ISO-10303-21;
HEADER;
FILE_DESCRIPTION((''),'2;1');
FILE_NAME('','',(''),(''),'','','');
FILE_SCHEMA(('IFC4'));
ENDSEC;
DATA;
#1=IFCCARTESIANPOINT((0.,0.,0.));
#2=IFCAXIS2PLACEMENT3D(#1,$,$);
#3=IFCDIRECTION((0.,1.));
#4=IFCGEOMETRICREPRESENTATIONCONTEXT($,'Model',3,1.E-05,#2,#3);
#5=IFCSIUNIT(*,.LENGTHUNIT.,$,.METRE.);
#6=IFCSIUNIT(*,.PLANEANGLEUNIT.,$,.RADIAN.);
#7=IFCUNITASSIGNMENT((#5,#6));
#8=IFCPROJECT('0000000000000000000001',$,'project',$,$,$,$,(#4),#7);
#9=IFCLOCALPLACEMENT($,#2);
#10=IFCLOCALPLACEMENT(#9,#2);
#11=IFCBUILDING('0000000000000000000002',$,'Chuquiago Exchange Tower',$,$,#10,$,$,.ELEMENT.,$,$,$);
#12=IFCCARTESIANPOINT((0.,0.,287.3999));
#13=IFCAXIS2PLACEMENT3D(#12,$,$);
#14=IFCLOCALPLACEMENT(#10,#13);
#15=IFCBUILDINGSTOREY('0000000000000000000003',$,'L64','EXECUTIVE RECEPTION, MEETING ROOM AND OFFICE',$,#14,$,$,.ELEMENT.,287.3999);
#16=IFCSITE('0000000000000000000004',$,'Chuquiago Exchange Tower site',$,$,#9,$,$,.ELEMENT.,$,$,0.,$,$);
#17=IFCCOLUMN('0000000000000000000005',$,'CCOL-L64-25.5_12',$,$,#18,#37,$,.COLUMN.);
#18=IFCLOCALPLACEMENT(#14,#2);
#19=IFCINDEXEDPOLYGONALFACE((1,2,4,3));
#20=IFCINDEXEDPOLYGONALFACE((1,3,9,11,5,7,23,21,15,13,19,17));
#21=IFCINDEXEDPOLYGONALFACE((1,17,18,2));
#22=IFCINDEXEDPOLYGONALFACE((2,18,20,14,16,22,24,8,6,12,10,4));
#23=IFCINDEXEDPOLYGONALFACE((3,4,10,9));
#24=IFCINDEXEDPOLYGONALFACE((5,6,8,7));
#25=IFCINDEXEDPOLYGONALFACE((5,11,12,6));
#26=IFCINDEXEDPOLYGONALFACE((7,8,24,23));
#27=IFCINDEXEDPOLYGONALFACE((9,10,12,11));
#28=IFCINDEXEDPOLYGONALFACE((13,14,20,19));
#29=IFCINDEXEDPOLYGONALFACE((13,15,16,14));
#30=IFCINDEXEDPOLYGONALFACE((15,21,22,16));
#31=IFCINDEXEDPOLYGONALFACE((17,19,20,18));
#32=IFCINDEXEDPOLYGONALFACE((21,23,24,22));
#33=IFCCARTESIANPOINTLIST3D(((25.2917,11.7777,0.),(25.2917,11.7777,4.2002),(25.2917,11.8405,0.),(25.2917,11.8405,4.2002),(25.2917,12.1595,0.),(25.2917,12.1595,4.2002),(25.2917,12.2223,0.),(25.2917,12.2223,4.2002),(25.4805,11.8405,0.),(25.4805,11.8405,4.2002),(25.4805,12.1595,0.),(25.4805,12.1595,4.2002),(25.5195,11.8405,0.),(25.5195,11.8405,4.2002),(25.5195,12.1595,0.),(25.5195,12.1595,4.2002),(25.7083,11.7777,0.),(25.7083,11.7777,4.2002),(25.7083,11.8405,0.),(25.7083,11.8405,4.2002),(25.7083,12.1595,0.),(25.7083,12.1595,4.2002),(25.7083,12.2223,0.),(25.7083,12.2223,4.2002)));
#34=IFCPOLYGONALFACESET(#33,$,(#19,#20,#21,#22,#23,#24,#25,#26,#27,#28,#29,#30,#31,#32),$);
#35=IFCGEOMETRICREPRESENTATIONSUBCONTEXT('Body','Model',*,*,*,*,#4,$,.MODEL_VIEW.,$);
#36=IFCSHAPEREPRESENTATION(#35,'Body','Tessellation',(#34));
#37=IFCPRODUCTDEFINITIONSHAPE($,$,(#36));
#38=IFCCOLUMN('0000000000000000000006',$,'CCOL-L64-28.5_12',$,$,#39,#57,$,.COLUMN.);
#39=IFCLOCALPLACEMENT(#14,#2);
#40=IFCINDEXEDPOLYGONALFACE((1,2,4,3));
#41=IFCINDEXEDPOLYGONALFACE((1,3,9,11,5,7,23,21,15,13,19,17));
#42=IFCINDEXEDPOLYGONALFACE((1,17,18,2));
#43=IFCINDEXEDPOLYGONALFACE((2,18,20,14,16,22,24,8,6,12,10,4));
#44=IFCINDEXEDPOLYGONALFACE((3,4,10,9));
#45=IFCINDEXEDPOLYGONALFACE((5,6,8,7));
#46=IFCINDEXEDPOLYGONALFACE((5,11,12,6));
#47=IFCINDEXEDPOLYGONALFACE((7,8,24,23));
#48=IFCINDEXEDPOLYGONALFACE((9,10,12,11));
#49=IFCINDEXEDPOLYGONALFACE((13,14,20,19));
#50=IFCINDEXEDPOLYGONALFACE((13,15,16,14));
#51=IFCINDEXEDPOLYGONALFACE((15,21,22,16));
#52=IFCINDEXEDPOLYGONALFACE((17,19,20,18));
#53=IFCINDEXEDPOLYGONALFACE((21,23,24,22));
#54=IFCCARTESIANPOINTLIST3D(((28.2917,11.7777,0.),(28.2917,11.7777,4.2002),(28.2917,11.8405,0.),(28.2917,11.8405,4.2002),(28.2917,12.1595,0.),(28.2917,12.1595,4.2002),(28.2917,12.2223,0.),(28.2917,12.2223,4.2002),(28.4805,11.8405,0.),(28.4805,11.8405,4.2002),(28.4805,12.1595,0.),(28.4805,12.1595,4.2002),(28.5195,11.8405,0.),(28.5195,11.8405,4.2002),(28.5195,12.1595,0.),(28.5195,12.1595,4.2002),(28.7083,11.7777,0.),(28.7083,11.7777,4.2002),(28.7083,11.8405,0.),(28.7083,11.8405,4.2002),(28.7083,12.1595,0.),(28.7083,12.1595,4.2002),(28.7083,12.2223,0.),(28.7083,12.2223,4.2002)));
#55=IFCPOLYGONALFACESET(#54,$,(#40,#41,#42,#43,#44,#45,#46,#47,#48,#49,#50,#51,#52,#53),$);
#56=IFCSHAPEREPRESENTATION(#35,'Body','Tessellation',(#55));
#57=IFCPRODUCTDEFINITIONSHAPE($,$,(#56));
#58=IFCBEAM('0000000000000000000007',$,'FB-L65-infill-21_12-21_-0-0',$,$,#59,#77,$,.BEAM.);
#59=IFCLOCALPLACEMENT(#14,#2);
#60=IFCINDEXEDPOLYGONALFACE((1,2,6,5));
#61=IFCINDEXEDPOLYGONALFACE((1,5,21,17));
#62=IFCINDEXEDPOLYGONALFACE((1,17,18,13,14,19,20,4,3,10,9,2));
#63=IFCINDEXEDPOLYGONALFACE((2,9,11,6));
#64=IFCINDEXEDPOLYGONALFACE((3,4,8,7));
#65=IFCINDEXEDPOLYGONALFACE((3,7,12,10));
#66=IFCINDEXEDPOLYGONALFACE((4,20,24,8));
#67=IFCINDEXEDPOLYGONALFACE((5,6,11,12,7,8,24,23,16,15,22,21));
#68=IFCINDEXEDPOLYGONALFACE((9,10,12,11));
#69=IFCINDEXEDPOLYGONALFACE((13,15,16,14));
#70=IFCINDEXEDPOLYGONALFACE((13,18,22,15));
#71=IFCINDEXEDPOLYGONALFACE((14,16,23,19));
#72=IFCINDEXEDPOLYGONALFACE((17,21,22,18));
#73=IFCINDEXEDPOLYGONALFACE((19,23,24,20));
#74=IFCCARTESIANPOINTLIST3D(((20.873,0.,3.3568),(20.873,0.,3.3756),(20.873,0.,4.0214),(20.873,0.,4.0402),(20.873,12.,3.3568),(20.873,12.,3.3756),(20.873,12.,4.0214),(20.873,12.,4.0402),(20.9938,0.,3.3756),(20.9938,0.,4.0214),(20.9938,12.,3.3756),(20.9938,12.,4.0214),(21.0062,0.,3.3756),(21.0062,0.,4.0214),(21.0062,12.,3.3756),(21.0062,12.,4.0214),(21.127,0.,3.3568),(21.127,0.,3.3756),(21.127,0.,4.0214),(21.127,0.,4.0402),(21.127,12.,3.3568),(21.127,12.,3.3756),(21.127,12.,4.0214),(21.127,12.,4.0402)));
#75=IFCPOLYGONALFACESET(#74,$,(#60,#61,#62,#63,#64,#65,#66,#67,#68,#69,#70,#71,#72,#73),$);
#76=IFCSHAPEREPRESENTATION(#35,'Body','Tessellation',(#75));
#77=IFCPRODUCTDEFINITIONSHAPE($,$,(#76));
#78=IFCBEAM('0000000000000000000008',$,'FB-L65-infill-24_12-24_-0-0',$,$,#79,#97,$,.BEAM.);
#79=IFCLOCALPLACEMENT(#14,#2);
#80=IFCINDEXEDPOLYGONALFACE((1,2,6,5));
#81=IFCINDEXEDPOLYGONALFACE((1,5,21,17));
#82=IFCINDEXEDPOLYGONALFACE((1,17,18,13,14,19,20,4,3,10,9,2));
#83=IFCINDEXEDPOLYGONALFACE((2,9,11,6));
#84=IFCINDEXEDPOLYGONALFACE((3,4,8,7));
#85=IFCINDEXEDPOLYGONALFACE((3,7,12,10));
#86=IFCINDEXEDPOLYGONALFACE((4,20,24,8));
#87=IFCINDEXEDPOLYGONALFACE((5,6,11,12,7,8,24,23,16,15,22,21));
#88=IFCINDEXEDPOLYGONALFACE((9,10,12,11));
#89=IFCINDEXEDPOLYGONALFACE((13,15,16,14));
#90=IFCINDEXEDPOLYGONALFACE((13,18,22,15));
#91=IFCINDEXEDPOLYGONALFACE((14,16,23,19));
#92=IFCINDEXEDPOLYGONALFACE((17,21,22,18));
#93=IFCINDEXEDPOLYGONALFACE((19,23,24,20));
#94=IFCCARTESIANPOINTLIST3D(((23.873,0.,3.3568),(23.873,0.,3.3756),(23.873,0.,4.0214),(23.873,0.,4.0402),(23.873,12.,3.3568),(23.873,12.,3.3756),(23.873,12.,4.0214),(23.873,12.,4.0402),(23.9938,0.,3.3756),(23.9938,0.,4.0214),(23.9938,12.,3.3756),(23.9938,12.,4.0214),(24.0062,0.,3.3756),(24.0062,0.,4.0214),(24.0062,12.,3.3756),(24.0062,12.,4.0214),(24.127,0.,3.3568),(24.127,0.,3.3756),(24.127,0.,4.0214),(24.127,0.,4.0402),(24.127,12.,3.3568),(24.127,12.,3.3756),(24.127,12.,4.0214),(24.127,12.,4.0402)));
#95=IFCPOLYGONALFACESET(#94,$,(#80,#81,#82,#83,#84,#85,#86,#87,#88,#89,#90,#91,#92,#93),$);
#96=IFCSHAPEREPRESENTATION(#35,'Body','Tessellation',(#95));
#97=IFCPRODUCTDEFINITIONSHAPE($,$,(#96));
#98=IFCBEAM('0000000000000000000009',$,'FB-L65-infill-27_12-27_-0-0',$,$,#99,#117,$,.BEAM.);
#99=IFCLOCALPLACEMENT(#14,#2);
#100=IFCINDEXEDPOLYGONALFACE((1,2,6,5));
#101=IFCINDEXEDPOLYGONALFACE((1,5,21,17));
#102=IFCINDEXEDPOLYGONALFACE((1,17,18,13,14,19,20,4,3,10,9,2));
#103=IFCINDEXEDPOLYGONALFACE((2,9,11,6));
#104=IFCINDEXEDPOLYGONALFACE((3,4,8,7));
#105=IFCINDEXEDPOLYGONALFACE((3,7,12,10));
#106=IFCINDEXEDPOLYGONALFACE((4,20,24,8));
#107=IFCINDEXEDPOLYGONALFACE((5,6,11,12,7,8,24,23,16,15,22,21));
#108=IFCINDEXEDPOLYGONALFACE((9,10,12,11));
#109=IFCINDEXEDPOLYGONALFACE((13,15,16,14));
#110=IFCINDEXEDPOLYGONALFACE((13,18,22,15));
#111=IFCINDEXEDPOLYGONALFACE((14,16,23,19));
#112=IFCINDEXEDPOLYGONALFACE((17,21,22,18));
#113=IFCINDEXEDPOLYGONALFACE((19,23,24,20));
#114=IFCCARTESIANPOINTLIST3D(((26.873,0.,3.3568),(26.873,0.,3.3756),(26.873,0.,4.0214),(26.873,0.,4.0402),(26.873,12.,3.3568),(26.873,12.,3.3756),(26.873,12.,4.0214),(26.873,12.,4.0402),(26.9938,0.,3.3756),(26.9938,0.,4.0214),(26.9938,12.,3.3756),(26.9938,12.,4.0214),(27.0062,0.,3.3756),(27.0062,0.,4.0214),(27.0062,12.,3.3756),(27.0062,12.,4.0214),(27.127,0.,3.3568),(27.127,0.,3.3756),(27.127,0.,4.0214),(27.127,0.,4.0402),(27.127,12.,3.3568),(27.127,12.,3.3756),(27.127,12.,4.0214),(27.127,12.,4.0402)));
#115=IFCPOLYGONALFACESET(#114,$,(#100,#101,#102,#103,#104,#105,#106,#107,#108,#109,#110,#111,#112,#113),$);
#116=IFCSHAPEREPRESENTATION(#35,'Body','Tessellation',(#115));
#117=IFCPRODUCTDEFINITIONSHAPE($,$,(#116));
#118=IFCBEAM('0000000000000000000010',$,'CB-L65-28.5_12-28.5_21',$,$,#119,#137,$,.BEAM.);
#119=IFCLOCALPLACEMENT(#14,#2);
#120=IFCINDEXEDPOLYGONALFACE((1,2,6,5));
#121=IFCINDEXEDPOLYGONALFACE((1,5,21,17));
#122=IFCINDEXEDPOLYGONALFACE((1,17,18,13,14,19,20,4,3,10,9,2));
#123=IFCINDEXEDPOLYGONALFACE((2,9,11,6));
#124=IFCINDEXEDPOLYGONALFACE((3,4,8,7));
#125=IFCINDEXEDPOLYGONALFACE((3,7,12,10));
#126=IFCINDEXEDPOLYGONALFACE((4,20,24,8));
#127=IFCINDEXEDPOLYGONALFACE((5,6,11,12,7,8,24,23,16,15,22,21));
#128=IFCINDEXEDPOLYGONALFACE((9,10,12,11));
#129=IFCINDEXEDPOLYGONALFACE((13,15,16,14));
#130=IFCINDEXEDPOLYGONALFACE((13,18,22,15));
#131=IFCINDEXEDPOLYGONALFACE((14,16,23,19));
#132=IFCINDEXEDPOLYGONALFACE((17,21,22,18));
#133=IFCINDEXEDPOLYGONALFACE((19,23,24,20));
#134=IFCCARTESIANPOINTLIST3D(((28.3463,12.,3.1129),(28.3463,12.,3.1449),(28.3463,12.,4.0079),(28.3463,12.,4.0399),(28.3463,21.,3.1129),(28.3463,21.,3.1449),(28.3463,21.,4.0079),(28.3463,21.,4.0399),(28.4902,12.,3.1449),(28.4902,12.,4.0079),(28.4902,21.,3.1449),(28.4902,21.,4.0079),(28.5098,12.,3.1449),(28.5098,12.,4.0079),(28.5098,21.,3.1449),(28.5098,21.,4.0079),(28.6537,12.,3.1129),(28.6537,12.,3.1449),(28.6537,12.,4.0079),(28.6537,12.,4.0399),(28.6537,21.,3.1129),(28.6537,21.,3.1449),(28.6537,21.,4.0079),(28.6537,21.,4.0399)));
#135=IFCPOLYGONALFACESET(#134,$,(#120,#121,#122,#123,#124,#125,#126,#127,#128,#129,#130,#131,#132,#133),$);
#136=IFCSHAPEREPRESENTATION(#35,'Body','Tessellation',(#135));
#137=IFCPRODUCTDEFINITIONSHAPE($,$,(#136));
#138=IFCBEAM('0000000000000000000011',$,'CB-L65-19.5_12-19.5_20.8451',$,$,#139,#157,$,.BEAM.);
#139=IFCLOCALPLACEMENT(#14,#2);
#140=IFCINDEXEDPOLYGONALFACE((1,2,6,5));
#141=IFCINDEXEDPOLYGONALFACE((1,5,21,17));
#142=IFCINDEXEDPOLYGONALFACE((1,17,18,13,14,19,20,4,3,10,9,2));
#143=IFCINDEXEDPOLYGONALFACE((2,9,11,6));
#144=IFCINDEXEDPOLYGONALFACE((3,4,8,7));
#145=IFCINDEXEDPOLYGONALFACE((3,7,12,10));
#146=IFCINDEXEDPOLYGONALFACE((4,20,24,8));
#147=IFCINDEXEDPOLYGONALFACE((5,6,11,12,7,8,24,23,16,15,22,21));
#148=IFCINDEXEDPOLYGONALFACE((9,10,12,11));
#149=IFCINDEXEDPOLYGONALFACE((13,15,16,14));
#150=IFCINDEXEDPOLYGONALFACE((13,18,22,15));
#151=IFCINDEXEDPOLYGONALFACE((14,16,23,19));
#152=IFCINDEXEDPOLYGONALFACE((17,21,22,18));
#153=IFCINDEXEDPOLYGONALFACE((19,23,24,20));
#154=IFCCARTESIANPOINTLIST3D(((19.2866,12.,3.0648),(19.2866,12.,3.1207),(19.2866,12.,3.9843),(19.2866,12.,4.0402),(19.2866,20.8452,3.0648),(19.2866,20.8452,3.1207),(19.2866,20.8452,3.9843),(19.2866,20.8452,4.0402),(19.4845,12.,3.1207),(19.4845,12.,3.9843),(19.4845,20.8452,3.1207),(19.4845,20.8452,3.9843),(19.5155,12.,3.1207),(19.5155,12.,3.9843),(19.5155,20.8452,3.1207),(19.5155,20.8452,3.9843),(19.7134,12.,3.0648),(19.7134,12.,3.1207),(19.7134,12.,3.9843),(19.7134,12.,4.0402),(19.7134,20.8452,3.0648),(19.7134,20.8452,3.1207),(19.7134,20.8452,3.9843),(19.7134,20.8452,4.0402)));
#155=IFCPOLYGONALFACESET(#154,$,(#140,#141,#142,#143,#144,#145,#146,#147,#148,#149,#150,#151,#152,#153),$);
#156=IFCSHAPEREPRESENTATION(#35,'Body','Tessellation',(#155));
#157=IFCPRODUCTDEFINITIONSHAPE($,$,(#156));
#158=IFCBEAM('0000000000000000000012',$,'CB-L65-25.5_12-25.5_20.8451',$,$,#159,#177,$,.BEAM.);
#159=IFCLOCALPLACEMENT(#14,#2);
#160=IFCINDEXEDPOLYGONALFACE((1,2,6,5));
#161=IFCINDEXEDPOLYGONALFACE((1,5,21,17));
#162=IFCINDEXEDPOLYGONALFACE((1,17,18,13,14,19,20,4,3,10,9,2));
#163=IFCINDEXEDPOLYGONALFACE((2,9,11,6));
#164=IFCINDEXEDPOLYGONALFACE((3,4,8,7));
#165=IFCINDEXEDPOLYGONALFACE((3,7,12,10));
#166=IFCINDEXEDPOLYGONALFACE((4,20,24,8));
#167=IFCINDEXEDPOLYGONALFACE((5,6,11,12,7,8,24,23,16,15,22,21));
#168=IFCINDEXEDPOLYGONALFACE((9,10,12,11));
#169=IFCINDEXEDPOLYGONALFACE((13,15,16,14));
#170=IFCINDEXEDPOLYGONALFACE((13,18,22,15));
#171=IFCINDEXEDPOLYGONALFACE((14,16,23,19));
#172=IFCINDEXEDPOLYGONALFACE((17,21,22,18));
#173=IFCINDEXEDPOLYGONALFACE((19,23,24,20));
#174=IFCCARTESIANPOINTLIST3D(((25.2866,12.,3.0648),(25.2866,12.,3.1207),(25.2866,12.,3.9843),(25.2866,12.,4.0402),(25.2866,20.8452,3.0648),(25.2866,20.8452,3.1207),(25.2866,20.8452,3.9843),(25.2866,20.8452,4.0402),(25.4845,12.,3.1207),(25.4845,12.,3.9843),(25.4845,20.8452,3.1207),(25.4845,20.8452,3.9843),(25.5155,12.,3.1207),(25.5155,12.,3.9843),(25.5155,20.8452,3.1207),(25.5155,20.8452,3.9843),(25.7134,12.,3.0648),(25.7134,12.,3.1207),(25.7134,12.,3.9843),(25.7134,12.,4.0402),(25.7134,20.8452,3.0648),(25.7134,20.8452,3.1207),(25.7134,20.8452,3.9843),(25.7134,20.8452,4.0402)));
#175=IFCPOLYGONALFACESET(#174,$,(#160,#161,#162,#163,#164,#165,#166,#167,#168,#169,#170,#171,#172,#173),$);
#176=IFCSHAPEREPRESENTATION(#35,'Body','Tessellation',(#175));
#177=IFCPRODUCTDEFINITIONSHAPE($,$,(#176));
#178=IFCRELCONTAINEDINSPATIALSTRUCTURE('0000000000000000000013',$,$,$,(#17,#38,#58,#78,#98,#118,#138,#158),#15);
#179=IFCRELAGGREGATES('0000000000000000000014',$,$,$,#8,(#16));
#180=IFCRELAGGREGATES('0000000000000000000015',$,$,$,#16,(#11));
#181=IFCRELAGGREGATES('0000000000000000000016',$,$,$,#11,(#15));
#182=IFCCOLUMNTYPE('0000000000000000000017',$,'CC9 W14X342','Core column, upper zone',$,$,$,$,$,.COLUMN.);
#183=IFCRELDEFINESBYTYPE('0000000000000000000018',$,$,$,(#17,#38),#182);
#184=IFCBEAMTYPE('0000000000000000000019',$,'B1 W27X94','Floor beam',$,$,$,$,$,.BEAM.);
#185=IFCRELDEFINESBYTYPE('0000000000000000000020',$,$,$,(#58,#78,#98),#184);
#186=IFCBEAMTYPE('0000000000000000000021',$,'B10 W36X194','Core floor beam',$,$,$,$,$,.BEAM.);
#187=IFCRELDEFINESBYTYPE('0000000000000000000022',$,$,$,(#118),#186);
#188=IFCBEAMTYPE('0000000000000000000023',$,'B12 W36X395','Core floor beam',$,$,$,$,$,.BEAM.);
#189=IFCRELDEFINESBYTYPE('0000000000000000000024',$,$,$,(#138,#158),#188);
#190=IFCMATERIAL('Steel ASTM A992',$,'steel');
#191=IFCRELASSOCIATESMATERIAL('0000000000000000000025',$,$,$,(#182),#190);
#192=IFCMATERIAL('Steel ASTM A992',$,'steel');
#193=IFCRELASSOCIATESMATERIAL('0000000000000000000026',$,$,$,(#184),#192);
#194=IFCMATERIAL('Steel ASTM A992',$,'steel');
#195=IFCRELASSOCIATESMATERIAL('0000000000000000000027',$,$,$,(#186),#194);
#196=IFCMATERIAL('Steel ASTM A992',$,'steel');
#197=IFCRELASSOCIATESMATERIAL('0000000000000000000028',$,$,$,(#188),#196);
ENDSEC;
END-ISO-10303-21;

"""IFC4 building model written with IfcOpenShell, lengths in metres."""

from ifc_helpers import new_model, si_unit, direction, frame, origin, origin_2d, place, context, subcontext, project, spatial, i_section, extrude, material, material_profile, profile_set, type_object, element, save


model = new_model("IFC4")

# Units and contexts
model_context = context("Model", 3, precision=1e-05, world=origin(), true_north=direction((0.0, 1.0)))
body_context = subcontext(model_context, "Body", "Model", "MODEL_VIEW")
ifc_project = project(units=[si_unit("LENGTHUNIT", "METRE"), si_unit("PLANEANGLEUNIT", "RADIAN")], contexts=[model_context])

# Site, building, storey
site_placement = place(None, origin())
site = spatial("IfcSite", under=ifc_project, at=site_placement, Name="Chuquiago Exchange Tower site", CompositionType="ELEMENT", RefElevation=0.0)
building_placement = place(site_placement, origin())
building = spatial("IfcBuilding", under=site, at=building_placement, Name="Chuquiago Exchange Tower", CompositionType="ELEMENT")
storey_placement = place(building_placement, frame((0.0, 0.0, 287.3999)))
storey = spatial("IfcBuildingStorey", under=building, at=storey_placement, Name="L64", Description="EXECUTIVE RECEPTION, MEETING ROOM AND OFFICE", CompositionType="ELEMENT", Elevation=287.3999)

# Columns
ifc_material_1 = material(Name="Steel ASTM A992", Category="steel")
ifc_material_profile_1 = material_profile(ifc_material_1, i_section(OverallWidth=0.4165, OverallDepth=0.4446, WebThickness=0.0391, FlangeThickness=0.0627, at=origin_2d()), Name="W14X342")
ifc_profile_set_1 = profile_set([ifc_material_profile_1], Name="Steel ASTM A992")
column_type = type_object("IfcColumnType", Name="CC9 W14X342", Description="Core column, upper zone", PredefinedType="COLUMN", material=ifc_profile_set_1)
for number, where, z_axis, x_axis, name in (
    (1, (25.5, 12.0, 0.0), (0.0, 0.0, 1.0), (1.0, 0.0, 0.0), "CCOL-L64-25.5_12"),
    (2, (28.5, 12.0, 0.0), (0.0, 0.0, 1.0), (1.0, 0.0, 0.0), "CCOL-L64-28.5_12"),
):
    element("IfcColumn", number, at=place(storey_placement, frame(where, z_axis=z_axis, x_axis=x_axis)), inside=storey, type_object=column_type, Name=name, PredefinedType="COLUMN", context=body_context, shape_type="SweptSolid", body=[
        extrude(i_section(OverallWidth=0.4165, OverallDepth=0.4446, WebThickness=0.0391, FlangeThickness=0.0627, at=origin_2d()), origin(), (0.0, 0.0, 1.0), 4.2002),
    ])

# Beams
ifc_material_2 = material(Name="Steel ASTM A992", Category="steel")
ifc_material_profile_2 = material_profile(ifc_material_2, i_section(OverallWidth=0.2539, OverallDepth=0.6833, WebThickness=0.0125, FlangeThickness=0.0188, at=origin_2d()), Name="W27X94")
ifc_profile_set_2 = profile_set([ifc_material_profile_2], Name="Steel ASTM A992")
beam_type_1 = type_object("IfcBeamType", Name="B1 W27X94", Description="Floor beam", PredefinedType="BEAM", material=ifc_profile_set_2)
for number, where, z_axis, x_axis, name in (
    (3, (21.0, 12.0, 3.6985), (0.0, -1.0, 0.0), (1.0, 0.0, 0.0), "FB-L65-infill-21_12-21_-0-0"),
    (4, (24.0, 12.0, 3.6985), (0.0, -1.0, 0.0), (1.0, 0.0, 0.0), "FB-L65-infill-24_12-24_-0-0"),
    (5, (27.0, 12.0, 3.6985), (0.0, -1.0, 0.0), (1.0, 0.0, 0.0), "FB-L65-infill-27_12-27_-0-0"),
):
    element("IfcBeam", number, at=place(storey_placement, frame(where, z_axis=z_axis, x_axis=x_axis)), inside=storey, type_object=beam_type_1, Name=name, PredefinedType="BEAM", context=body_context, shape_type="SweptSolid", body=[
        extrude(i_section(OverallWidth=0.2539, OverallDepth=0.6833, WebThickness=0.0125, FlangeThickness=0.0188, at=origin_2d()), origin(), (0.0, 0.0, 1.0), 12.0),
    ])
ifc_material_3 = material(Name="Steel ASTM A992", Category="steel")
ifc_material_profile_3 = material_profile(ifc_material_3, i_section(OverallWidth=0.3074, OverallDepth=0.927, WebThickness=0.0195, FlangeThickness=0.032, at=origin_2d()), Name="W36X194")
ifc_profile_set_3 = profile_set([ifc_material_profile_3], Name="Steel ASTM A992")
beam_type_2 = type_object("IfcBeamType", Name="B10 W36X194", Description="Core floor beam", PredefinedType="BEAM", material=ifc_profile_set_3)
beam_1_placement = place(storey_placement, frame((28.5, 12.0, 3.5764), z_axis=(0.0, 1.0, 0.0), x_axis=(-1.0, 0.0, 0.0)))
element("IfcBeam", 6, at=beam_1_placement, inside=storey, type_object=beam_type_2, Name="CB-L65-28.5_12-28.5_21", PredefinedType="BEAM", context=body_context, shape_type="SweptSolid", body=[
    extrude(i_section(OverallWidth=0.3074, OverallDepth=0.927, WebThickness=0.0195, FlangeThickness=0.032, at=origin_2d()), origin(), (0.0, 0.0, 1.0), 9.0),
])
ifc_material_4 = material(Name="Steel ASTM A992", Category="steel")
ifc_material_profile_4 = material_profile(ifc_material_4, i_section(OverallWidth=0.4268, OverallDepth=0.9753, WebThickness=0.031, FlangeThickness=0.0559, at=origin_2d()), Name="W36X395")
ifc_profile_set_4 = profile_set([ifc_material_profile_4], Name="Steel ASTM A992")
beam_type_3 = type_object("IfcBeamType", Name="B12 W36X395", Description="Core floor beam", PredefinedType="BEAM", material=ifc_profile_set_4)
for number, where, z_axis, x_axis, name in (
    (7, (19.5, 12.0, 3.5525), (0.0, 1.0, 0.0), (-1.0, 0.0, 0.0), "CB-L65-19.5_12-19.5_20.8451"),
    (8, (25.5, 12.0, 3.5525), (0.0, 1.0, 0.0), (-1.0, 0.0, 0.0), "CB-L65-25.5_12-25.5_20.8451"),
):
    element("IfcBeam", number, at=place(storey_placement, frame(where, z_axis=z_axis, x_axis=x_axis)), inside=storey, type_object=beam_type_3, Name=name, PredefinedType="BEAM", context=body_context, shape_type="SweptSolid", body=[
        extrude(i_section(OverallWidth=0.4268, OverallDepth=0.9753, WebThickness=0.031, FlangeThickness=0.0559, at=origin_2d()), origin(), (0.0, 0.0, 1.0), 8.8452),
    ])

save(model, "model.ifc")
